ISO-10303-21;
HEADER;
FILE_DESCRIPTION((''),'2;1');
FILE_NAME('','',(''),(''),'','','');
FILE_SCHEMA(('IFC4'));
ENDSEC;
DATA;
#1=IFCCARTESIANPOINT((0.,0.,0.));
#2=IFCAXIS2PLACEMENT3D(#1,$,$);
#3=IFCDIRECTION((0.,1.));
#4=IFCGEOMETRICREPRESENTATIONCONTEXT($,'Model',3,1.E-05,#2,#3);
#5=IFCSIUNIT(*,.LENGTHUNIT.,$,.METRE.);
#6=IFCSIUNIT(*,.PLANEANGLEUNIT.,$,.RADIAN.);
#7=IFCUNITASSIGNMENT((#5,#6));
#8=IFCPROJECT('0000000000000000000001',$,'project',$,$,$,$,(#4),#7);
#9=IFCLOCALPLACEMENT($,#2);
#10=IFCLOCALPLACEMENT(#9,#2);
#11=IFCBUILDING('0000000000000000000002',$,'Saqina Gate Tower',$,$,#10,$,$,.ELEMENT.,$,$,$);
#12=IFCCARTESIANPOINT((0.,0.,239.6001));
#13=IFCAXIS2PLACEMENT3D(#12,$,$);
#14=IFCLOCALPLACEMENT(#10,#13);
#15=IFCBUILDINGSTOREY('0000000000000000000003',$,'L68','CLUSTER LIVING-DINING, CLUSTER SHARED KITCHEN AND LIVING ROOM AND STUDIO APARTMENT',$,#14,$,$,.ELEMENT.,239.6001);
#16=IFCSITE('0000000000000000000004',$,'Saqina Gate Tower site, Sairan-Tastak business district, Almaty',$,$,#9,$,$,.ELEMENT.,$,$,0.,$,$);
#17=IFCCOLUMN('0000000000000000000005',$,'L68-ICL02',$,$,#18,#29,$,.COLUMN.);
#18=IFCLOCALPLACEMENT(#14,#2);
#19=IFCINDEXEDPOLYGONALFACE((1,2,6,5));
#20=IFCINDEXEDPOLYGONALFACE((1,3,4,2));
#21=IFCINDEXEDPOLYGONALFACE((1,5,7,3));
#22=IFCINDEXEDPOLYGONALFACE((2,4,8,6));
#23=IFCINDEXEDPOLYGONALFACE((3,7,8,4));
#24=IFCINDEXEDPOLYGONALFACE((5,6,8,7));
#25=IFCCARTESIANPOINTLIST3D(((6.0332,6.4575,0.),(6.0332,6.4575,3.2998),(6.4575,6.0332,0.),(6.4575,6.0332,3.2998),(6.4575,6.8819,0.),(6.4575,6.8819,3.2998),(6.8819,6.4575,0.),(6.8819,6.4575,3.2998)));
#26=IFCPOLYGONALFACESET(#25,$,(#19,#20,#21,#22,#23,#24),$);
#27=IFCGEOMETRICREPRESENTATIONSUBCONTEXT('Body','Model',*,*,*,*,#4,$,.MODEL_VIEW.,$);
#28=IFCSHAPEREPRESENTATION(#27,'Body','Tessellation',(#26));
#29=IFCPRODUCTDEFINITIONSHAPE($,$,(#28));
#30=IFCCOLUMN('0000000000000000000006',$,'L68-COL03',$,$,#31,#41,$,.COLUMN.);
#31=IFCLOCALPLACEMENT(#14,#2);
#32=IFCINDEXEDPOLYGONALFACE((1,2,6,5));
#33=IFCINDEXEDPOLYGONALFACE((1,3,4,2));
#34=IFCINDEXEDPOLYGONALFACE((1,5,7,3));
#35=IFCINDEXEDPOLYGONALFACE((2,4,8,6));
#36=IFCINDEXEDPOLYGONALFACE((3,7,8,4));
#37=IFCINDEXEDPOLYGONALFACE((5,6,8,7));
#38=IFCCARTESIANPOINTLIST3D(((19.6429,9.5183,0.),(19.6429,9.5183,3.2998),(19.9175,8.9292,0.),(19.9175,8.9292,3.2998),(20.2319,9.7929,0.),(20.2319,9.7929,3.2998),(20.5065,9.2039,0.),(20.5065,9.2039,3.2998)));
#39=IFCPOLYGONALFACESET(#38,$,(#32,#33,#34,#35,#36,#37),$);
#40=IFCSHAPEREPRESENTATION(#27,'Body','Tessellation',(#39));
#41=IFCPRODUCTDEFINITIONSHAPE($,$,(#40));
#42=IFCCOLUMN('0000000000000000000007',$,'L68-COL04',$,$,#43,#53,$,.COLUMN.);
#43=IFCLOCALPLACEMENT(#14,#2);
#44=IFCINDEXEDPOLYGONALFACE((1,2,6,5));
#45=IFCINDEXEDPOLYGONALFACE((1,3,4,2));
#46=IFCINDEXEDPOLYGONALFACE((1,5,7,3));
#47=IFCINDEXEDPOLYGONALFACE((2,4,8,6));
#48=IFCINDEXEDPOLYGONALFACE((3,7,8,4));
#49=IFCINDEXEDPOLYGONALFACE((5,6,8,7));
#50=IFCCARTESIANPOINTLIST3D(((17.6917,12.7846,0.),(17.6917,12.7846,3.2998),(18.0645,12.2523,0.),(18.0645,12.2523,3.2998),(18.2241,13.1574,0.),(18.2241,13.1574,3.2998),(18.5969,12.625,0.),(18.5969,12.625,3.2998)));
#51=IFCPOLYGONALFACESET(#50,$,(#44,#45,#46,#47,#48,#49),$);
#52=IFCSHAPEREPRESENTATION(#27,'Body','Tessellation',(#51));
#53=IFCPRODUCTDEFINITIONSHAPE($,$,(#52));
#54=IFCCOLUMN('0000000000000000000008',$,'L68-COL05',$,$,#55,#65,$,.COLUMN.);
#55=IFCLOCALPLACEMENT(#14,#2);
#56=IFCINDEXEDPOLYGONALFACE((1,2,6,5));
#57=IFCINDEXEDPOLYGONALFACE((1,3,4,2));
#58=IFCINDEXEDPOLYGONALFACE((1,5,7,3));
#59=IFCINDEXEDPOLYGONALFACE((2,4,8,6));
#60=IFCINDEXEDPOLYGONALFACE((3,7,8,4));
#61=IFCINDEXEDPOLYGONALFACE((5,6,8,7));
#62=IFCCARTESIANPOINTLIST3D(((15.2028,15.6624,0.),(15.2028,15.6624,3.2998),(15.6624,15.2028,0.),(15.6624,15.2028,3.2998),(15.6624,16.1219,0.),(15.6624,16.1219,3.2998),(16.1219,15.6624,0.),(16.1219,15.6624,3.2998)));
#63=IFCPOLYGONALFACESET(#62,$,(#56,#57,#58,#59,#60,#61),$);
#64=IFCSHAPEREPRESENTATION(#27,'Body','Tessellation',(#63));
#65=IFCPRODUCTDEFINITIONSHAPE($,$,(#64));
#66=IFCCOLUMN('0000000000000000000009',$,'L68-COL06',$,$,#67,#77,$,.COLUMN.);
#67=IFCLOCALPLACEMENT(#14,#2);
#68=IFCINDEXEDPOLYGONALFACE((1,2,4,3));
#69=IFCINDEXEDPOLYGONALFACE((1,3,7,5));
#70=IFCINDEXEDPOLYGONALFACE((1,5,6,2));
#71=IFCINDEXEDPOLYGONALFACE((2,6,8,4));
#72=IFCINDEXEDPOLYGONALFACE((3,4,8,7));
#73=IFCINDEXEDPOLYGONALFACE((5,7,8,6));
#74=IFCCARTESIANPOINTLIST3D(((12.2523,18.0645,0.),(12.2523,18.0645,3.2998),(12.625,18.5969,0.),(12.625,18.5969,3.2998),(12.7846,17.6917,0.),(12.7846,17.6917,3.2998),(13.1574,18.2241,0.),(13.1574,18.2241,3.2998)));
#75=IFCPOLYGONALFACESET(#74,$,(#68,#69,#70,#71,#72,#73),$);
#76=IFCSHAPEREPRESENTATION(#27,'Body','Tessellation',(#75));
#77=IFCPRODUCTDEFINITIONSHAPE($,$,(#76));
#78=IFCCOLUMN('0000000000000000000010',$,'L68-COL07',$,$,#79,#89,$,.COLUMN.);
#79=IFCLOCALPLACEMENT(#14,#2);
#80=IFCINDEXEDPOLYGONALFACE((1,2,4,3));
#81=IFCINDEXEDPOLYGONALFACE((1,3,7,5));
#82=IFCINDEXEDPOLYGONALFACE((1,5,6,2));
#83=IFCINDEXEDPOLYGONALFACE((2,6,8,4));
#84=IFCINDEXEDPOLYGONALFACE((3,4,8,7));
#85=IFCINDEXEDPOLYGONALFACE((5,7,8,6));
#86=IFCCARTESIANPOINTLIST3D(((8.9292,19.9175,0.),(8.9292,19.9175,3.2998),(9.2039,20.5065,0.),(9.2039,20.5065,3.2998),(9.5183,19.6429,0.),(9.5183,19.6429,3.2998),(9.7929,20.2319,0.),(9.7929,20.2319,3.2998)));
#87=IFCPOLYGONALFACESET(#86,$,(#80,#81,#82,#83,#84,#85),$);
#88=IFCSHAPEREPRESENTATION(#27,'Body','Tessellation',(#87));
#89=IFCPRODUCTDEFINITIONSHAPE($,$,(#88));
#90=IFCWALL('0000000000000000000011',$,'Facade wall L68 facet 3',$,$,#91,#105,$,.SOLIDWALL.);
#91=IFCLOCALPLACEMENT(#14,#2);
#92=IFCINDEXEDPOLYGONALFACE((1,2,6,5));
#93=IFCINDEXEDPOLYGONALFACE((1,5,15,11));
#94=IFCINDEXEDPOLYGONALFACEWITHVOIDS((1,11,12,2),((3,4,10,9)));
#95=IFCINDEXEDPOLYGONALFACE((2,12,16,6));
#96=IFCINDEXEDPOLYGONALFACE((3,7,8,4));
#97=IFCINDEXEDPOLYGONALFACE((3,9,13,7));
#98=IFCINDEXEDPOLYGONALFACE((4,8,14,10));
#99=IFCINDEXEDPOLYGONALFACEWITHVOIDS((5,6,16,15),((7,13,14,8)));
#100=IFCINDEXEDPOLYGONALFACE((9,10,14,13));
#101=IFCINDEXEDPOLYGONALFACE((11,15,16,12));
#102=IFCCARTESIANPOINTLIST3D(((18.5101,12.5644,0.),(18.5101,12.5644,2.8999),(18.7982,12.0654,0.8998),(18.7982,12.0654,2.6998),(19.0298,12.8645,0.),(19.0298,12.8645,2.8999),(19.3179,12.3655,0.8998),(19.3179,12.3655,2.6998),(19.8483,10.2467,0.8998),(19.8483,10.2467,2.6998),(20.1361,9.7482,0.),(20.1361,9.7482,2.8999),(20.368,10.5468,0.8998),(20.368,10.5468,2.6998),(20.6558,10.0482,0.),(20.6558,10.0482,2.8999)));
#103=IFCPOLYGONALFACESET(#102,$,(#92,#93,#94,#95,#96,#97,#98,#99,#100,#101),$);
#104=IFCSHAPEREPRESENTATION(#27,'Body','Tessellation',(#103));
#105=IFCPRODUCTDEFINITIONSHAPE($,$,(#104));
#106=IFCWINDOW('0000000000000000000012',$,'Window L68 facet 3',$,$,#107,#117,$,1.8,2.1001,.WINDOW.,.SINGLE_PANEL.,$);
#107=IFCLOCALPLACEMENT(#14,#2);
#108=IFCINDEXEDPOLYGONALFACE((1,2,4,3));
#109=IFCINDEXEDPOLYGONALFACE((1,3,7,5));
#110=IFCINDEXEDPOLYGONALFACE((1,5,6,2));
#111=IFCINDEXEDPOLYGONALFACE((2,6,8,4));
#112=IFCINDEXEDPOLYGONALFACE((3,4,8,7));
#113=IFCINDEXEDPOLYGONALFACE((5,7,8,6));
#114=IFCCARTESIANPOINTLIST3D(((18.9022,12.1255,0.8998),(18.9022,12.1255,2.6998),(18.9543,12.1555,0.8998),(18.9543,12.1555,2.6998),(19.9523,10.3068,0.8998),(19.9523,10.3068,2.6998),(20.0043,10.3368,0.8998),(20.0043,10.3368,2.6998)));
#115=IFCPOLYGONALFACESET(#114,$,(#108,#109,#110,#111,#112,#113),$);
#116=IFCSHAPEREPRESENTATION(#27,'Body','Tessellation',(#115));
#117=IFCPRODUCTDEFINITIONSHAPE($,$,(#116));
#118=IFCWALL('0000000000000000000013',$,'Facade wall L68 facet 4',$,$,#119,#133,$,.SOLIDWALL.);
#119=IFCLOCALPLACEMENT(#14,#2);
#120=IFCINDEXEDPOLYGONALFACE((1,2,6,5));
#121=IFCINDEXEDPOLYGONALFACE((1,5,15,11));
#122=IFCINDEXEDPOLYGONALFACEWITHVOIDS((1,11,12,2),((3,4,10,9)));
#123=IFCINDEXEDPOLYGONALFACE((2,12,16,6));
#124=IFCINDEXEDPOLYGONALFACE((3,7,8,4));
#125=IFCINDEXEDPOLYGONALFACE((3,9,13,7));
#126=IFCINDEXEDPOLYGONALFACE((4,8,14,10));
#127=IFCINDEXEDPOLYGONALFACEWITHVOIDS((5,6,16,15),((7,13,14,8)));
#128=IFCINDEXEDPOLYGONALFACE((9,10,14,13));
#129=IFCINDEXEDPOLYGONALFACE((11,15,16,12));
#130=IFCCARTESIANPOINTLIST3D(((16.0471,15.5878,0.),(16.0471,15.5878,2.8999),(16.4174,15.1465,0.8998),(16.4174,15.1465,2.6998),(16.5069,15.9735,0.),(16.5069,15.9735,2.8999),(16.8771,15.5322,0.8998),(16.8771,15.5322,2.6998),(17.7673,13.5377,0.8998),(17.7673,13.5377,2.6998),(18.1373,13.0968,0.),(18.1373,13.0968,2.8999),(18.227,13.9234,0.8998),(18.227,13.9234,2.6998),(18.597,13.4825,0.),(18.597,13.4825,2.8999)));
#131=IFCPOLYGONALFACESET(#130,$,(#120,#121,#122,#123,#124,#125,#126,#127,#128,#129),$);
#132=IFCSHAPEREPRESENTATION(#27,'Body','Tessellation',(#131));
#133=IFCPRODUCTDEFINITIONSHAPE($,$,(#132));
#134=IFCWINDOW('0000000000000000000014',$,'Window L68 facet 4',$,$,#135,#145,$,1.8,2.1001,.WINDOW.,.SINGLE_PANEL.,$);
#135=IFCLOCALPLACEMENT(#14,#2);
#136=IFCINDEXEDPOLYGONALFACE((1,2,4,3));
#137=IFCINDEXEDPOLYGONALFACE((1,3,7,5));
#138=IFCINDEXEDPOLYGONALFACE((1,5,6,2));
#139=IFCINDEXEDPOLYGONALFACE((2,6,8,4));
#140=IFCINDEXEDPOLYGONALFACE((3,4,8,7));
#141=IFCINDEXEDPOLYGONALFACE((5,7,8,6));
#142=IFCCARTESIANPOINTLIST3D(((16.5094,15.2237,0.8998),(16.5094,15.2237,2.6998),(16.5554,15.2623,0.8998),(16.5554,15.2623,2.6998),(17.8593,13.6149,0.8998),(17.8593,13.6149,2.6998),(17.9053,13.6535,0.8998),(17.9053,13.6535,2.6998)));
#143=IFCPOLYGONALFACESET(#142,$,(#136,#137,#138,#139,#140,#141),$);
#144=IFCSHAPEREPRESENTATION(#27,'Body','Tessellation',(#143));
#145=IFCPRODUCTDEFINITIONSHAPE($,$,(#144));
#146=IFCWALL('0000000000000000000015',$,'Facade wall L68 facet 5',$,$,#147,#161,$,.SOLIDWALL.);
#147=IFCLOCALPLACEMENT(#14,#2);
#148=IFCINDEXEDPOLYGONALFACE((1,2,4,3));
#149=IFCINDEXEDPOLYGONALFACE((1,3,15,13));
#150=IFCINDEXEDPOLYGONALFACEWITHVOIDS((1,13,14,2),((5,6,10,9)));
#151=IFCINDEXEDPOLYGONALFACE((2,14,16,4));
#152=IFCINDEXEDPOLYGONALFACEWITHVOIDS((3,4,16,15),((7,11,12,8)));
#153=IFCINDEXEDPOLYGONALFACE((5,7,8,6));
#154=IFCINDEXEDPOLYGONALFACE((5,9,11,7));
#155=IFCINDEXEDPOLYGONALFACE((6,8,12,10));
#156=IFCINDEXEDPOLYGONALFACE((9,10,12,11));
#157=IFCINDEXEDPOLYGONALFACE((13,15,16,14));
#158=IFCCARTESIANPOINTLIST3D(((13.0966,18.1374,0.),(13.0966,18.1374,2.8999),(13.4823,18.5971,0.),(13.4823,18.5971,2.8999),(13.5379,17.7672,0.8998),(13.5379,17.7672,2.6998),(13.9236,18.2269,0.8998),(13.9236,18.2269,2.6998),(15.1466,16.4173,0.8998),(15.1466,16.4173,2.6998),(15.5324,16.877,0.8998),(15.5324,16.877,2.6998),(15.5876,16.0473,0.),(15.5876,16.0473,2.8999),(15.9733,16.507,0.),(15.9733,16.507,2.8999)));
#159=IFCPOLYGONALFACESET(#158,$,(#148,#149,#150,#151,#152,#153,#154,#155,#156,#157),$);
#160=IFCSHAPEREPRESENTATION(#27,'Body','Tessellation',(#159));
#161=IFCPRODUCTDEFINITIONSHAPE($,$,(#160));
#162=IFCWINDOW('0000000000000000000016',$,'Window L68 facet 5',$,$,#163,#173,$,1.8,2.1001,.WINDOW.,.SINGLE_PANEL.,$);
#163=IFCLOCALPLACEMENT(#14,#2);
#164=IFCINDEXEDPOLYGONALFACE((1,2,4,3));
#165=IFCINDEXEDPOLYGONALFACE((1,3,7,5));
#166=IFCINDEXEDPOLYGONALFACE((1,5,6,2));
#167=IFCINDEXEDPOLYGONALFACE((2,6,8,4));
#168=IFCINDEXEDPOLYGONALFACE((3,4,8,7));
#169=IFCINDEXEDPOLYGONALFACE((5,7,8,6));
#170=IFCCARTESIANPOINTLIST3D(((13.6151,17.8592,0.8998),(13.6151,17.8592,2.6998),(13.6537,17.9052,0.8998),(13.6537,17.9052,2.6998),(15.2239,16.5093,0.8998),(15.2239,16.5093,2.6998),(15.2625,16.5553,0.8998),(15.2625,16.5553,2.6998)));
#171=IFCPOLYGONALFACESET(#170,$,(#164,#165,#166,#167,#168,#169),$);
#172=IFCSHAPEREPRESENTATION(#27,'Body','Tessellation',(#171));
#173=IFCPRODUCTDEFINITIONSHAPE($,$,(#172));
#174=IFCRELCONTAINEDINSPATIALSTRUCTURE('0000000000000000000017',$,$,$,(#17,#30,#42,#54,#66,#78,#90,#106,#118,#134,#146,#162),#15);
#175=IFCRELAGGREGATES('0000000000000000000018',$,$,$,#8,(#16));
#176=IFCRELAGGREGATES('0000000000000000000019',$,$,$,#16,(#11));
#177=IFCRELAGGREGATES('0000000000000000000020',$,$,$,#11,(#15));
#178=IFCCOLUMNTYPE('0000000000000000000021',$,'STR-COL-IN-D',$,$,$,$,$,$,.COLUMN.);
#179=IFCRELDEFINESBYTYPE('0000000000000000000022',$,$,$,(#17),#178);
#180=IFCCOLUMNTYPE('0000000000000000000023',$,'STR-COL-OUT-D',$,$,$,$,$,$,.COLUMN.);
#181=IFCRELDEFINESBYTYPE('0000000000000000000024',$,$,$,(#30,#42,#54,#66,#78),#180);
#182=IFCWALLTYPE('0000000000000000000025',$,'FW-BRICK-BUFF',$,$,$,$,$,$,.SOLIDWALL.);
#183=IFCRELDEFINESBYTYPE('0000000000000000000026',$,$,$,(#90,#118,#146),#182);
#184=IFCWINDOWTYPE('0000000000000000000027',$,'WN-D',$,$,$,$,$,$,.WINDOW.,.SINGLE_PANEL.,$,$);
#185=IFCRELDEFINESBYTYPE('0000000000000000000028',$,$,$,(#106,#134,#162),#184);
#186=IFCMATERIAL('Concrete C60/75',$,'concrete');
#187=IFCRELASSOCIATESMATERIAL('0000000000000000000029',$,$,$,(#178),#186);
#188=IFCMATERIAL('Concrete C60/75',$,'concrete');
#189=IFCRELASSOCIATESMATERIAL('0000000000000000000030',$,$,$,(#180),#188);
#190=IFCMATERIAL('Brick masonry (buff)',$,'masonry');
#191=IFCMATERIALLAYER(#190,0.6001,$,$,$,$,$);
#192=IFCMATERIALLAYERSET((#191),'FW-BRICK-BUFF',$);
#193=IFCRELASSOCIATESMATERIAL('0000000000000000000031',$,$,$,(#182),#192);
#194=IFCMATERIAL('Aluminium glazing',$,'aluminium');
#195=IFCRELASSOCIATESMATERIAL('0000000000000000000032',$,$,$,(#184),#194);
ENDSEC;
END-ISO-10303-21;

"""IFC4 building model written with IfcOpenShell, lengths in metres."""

from ifc_helpers import new_model, si_unit, direction, frame, frame_2d, origin, origin_2d, place, context, subcontext, project, spatial, rectangle, extrude, material, layer, layer_set, material_profile, profile_set, type_object, element, fill, save


model = new_model("IFC4")

# Units and contexts
model_context = context("Model", 3, precision=1e-05, world=origin(), true_north=direction((0.0, 1.0)))
body_context = subcontext(model_context, "Body", "Model", "MODEL_VIEW")
ifc_project = project(units=[si_unit("LENGTHUNIT", "METRE"), si_unit("PLANEANGLEUNIT", "RADIAN")], contexts=[model_context])

# Site, building, storey
site_placement = place(None, origin())
site = spatial("IfcSite", under=ifc_project, at=site_placement, Name="Saqina Gate Tower site, Sairan-Tastak business district, Almaty", CompositionType="ELEMENT", RefElevation=0.0)
building_placement = place(site_placement, origin())
building = spatial("IfcBuilding", under=site, at=building_placement, Name="Saqina Gate Tower", CompositionType="ELEMENT")
storey_placement = place(building_placement, frame((0.0, 0.0, 239.6001)))
storey = spatial("IfcBuildingStorey", under=building, at=storey_placement, Name="L68", Description="CLUSTER LIVING-DINING, CLUSTER SHARED KITCHEN AND LIVING ROOM AND STUDIO APARTMENT", CompositionType="ELEMENT", Elevation=239.6001)

# Columns
ifc_material_1 = material(Name="Concrete C60/75", Category="concrete")
ifc_material_profile_1 = material_profile(ifc_material_1, rectangle(XDim=0.6001, YDim=0.6001, at=origin_2d()), Name="RC 600x600")
ifc_profile_set_1 = profile_set([ifc_material_profile_1], Name="Concrete C60/75")
column_type_1 = type_object("IfcColumnType", Name="STR-COL-IN-D", PredefinedType="COLUMN", material=ifc_profile_set_1)
column_placement = place(storey_placement, frame((6.4575, 6.4575, 0.0), z_axis=(0.0, 0.0, 1.0), x_axis=(0.707107, 0.707107, 0.0)))
element("IfcColumn", 1, at=column_placement, inside=storey, type_object=column_type_1, Name="L68-ICL02", PredefinedType="COLUMN", context=body_context, shape_type="SweptSolid", body=[
    extrude(rectangle(XDim=0.6001, YDim=0.6001, at=origin_2d()), origin(), (0.0, 0.0, 1.0), 3.2998),
])
ifc_material_2 = material(Name="Concrete C60/75", Category="concrete")
ifc_material_profile_2 = material_profile(ifc_material_2, rectangle(XDim=0.6499, YDim=0.6499, at=origin_2d()), Name="RC 650x650")
ifc_profile_set_2 = profile_set([ifc_material_profile_2], Name="Concrete C60/75")
column_type_2 = type_object("IfcColumnType", Name="STR-COL-OUT-D", PredefinedType="COLUMN", material=ifc_profile_set_2)
for number, where, z_axis, x_axis, name in (
    (2, (20.0747, 9.3611, 0.0), (0.0, 0.0, 1.0), (0.906308, 0.422618, 0.0), "L68-COL03"),
    (3, (18.1443, 12.7048, 0.0), (0.0, 0.0, 1.0), (0.819152, 0.573576, 0.0), "L68-COL04"),
    (4, (15.6624, 15.6624, 0.0), (0.0, 0.0, 1.0), (0.707107, 0.707107, 0.0), "L68-COL05"),
    (5, (12.7048, 18.1443, 0.0), (0.0, 0.0, 1.0), (0.573576, 0.819152, 0.0), "L68-COL06"),
    (6, (9.3611, 20.0747, 0.0), (0.0, 0.0, 1.0), (0.422618, 0.906308, 0.0), "L68-COL07"),
):
    element("IfcColumn", number, at=place(storey_placement, frame(where, z_axis=z_axis, x_axis=x_axis)), inside=storey, type_object=column_type_2, Name=name, PredefinedType="COLUMN", context=body_context, shape_type="SweptSolid", body=[
        extrude(rectangle(XDim=0.6499, YDim=0.6499, at=origin_2d()), origin(), (0.0, 0.0, 1.0), 3.2998),
    ])

# Walls, openings, windows
ifc_material_3 = material(Name="Brick masonry (buff)", Category="masonry")
ifc_layer_1 = layer(ifc_material_3, 0.6001)
ifc_layer_set_1 = layer_set([ifc_layer_1], Name="FW-BRICK-BUFF")
wall_type_1 = type_object("IfcWallType", Name="FW-BRICK-BUFF", PredefinedType="SOLIDWALL", material=ifc_layer_set_1)
wall_1_placement = place(storey_placement, frame((20.396, 9.8982, 0.0), z_axis=(0.0, 0.0, 1.0), x_axis=(-0.500015, 0.866017, 0.0)))
wall_1 = element("IfcWall", 7, at=wall_1_placement, inside=storey, type_object=wall_type_1, Name="Facade wall L68 facet 3", PredefinedType="SOLIDWALL", context=body_context, shape_type="SweptSolid", body=[
    extrude(rectangle(XDim=3.252, YDim=0.6001, at=frame_2d((1.626, 0.0))), origin(), (0.0, 0.0, 1.0), 2.8999),
])
opening_1_placement = place(wall_1_placement, frame((0.5757, 0.0, 0.8999)))
opening_1 = element("IfcOpeningElement", 8, at=opening_1_placement, cuts=wall_1, PredefinedType="OPENING", context=body_context, shape_type="SweptSolid", body=[
    extrude(rectangle(XDim=2.1001, YDim=1.8, at=frame_2d((1.05, 0.8999))), frame((0.0, 0.312, 0.0), z_axis=(0.0, -1.0, 0.0), x_axis=(1.0, 0.0, 0.0)), (0.0, 0.0, 1.0), 0.624),
])
ifc_material_4 = material(Name="Aluminium glazing", Category="aluminium")
window_type = type_object("IfcWindowType", Name="WN-D", PartitioningType="SINGLE_PANEL", PredefinedType="WINDOW", material=ifc_material_4)
window_1_placement = place(opening_1_placement, origin())
window_1 = element("IfcWindow", 9, at=window_1_placement, inside=storey, type_object=window_type, Name="Window L68 facet 3", OverallHeight=1.8, OverallWidth=2.1001, PartitioningType="SINGLE_PANEL", PredefinedType="WINDOW", context=body_context, shape_type="SweptSolid", body=[
    extrude(rectangle(XDim=2.1001, YDim=1.8, at=frame_2d((1.05, 0.8999))), frame((0.0, 0.1799, 0.0), z_axis=(0.0, -1.0, 0.0), x_axis=(1.0, 0.0, 0.0)), (0.0, 0.0, 1.0), 0.0601),
])
fill(opening_1, window_1)
wall_2_placement = place(storey_placement, frame((18.3672, 13.2896, 0.0), z_axis=(0.0, 0.0, 1.0), x_axis=(-0.642773, 0.766057, 0.0)))
wall_2 = element("IfcWall", 10, at=wall_2_placement, inside=storey, type_object=wall_type_1, Name="Facade wall L68 facet 4", PredefinedType="SOLIDWALL", context=body_context, shape_type="SweptSolid", body=[
    extrude(rectangle(XDim=3.2517, YDim=0.6001, at=frame_2d((1.626, 0.0))), origin(), (0.0, 0.0, 1.0), 2.8999),
])
opening_2_placement = place(wall_2_placement, frame((0.5757, 0.0, 0.8999)))
opening_2 = element("IfcOpeningElement", 11, at=opening_2_placement, cuts=wall_2, PredefinedType="OPENING", context=body_context, shape_type="SweptSolid", body=[
    extrude(rectangle(XDim=2.1001, YDim=1.8, at=frame_2d((1.05, 0.8999))), frame((0.0, 0.312, 0.0), z_axis=(0.0, -1.0, 0.0), x_axis=(1.0, 0.0, 0.0)), (0.0, 0.0, 1.0), 0.624),
])
window_2_placement = place(opening_2_placement, origin())
window_2 = element("IfcWindow", 12, at=window_2_placement, inside=storey, type_object=window_type, Name="Window L68 facet 4", OverallHeight=1.8, OverallWidth=2.1001, PartitioningType="SINGLE_PANEL", PredefinedType="WINDOW", context=body_context, shape_type="SweptSolid", body=[
    extrude(rectangle(XDim=2.1001, YDim=1.8, at=frame_2d((1.05, 0.8999))), frame((0.0, 0.1799, 0.0), z_axis=(0.0, -1.0, 0.0), x_axis=(1.0, 0.0, 0.0)), (0.0, 0.0, 1.0), 0.0601),
])
fill(opening_2, window_2)
wall_3_placement = place(storey_placement, frame((15.7805, 16.2771, 0.0), z_axis=(0.0, 0.0, 1.0), x_axis=(-0.766057, 0.642773, 0.0)))
wall_3 = element("IfcWall", 13, at=wall_3_placement, inside=storey, type_object=wall_type_1, Name="Facade wall L68 facet 5", PredefinedType="SOLIDWALL", context=body_context, shape_type="SweptSolid", body=[
    extrude(rectangle(XDim=3.2517, YDim=0.6001, at=frame_2d((1.626, 0.0))), origin(), (0.0, 0.0, 1.0), 2.8999),
])
opening_3_placement = place(wall_3_placement, frame((0.5757, 0.0, 0.8999)))
opening_3 = element("IfcOpeningElement", 14, at=opening_3_placement, cuts=wall_3, PredefinedType="OPENING", context=body_context, shape_type="SweptSolid", body=[
    extrude(rectangle(XDim=2.1001, YDim=1.8, at=frame_2d((1.05, 0.8999))), frame((0.0, 0.312, 0.0), z_axis=(0.0, -1.0, 0.0), x_axis=(1.0, 0.0, 0.0)), (0.0, 0.0, 1.0), 0.624),
])
window_3_placement = place(opening_3_placement, origin())
window_3 = element("IfcWindow", 15, at=window_3_placement, inside=storey, type_object=window_type, Name="Window L68 facet 5", OverallHeight=1.8, OverallWidth=2.1001, PartitioningType="SINGLE_PANEL", PredefinedType="WINDOW", context=body_context, shape_type="SweptSolid", body=[
    extrude(rectangle(XDim=2.1001, YDim=1.8, at=frame_2d((1.05, 0.8999))), frame((0.0, 0.1799, 0.0), z_axis=(0.0, -1.0, 0.0), x_axis=(1.0, 0.0, 0.0)), (0.0, 0.0, 1.0), 0.0601),
])
fill(opening_3, window_3)

save(model, "model.ifc")
